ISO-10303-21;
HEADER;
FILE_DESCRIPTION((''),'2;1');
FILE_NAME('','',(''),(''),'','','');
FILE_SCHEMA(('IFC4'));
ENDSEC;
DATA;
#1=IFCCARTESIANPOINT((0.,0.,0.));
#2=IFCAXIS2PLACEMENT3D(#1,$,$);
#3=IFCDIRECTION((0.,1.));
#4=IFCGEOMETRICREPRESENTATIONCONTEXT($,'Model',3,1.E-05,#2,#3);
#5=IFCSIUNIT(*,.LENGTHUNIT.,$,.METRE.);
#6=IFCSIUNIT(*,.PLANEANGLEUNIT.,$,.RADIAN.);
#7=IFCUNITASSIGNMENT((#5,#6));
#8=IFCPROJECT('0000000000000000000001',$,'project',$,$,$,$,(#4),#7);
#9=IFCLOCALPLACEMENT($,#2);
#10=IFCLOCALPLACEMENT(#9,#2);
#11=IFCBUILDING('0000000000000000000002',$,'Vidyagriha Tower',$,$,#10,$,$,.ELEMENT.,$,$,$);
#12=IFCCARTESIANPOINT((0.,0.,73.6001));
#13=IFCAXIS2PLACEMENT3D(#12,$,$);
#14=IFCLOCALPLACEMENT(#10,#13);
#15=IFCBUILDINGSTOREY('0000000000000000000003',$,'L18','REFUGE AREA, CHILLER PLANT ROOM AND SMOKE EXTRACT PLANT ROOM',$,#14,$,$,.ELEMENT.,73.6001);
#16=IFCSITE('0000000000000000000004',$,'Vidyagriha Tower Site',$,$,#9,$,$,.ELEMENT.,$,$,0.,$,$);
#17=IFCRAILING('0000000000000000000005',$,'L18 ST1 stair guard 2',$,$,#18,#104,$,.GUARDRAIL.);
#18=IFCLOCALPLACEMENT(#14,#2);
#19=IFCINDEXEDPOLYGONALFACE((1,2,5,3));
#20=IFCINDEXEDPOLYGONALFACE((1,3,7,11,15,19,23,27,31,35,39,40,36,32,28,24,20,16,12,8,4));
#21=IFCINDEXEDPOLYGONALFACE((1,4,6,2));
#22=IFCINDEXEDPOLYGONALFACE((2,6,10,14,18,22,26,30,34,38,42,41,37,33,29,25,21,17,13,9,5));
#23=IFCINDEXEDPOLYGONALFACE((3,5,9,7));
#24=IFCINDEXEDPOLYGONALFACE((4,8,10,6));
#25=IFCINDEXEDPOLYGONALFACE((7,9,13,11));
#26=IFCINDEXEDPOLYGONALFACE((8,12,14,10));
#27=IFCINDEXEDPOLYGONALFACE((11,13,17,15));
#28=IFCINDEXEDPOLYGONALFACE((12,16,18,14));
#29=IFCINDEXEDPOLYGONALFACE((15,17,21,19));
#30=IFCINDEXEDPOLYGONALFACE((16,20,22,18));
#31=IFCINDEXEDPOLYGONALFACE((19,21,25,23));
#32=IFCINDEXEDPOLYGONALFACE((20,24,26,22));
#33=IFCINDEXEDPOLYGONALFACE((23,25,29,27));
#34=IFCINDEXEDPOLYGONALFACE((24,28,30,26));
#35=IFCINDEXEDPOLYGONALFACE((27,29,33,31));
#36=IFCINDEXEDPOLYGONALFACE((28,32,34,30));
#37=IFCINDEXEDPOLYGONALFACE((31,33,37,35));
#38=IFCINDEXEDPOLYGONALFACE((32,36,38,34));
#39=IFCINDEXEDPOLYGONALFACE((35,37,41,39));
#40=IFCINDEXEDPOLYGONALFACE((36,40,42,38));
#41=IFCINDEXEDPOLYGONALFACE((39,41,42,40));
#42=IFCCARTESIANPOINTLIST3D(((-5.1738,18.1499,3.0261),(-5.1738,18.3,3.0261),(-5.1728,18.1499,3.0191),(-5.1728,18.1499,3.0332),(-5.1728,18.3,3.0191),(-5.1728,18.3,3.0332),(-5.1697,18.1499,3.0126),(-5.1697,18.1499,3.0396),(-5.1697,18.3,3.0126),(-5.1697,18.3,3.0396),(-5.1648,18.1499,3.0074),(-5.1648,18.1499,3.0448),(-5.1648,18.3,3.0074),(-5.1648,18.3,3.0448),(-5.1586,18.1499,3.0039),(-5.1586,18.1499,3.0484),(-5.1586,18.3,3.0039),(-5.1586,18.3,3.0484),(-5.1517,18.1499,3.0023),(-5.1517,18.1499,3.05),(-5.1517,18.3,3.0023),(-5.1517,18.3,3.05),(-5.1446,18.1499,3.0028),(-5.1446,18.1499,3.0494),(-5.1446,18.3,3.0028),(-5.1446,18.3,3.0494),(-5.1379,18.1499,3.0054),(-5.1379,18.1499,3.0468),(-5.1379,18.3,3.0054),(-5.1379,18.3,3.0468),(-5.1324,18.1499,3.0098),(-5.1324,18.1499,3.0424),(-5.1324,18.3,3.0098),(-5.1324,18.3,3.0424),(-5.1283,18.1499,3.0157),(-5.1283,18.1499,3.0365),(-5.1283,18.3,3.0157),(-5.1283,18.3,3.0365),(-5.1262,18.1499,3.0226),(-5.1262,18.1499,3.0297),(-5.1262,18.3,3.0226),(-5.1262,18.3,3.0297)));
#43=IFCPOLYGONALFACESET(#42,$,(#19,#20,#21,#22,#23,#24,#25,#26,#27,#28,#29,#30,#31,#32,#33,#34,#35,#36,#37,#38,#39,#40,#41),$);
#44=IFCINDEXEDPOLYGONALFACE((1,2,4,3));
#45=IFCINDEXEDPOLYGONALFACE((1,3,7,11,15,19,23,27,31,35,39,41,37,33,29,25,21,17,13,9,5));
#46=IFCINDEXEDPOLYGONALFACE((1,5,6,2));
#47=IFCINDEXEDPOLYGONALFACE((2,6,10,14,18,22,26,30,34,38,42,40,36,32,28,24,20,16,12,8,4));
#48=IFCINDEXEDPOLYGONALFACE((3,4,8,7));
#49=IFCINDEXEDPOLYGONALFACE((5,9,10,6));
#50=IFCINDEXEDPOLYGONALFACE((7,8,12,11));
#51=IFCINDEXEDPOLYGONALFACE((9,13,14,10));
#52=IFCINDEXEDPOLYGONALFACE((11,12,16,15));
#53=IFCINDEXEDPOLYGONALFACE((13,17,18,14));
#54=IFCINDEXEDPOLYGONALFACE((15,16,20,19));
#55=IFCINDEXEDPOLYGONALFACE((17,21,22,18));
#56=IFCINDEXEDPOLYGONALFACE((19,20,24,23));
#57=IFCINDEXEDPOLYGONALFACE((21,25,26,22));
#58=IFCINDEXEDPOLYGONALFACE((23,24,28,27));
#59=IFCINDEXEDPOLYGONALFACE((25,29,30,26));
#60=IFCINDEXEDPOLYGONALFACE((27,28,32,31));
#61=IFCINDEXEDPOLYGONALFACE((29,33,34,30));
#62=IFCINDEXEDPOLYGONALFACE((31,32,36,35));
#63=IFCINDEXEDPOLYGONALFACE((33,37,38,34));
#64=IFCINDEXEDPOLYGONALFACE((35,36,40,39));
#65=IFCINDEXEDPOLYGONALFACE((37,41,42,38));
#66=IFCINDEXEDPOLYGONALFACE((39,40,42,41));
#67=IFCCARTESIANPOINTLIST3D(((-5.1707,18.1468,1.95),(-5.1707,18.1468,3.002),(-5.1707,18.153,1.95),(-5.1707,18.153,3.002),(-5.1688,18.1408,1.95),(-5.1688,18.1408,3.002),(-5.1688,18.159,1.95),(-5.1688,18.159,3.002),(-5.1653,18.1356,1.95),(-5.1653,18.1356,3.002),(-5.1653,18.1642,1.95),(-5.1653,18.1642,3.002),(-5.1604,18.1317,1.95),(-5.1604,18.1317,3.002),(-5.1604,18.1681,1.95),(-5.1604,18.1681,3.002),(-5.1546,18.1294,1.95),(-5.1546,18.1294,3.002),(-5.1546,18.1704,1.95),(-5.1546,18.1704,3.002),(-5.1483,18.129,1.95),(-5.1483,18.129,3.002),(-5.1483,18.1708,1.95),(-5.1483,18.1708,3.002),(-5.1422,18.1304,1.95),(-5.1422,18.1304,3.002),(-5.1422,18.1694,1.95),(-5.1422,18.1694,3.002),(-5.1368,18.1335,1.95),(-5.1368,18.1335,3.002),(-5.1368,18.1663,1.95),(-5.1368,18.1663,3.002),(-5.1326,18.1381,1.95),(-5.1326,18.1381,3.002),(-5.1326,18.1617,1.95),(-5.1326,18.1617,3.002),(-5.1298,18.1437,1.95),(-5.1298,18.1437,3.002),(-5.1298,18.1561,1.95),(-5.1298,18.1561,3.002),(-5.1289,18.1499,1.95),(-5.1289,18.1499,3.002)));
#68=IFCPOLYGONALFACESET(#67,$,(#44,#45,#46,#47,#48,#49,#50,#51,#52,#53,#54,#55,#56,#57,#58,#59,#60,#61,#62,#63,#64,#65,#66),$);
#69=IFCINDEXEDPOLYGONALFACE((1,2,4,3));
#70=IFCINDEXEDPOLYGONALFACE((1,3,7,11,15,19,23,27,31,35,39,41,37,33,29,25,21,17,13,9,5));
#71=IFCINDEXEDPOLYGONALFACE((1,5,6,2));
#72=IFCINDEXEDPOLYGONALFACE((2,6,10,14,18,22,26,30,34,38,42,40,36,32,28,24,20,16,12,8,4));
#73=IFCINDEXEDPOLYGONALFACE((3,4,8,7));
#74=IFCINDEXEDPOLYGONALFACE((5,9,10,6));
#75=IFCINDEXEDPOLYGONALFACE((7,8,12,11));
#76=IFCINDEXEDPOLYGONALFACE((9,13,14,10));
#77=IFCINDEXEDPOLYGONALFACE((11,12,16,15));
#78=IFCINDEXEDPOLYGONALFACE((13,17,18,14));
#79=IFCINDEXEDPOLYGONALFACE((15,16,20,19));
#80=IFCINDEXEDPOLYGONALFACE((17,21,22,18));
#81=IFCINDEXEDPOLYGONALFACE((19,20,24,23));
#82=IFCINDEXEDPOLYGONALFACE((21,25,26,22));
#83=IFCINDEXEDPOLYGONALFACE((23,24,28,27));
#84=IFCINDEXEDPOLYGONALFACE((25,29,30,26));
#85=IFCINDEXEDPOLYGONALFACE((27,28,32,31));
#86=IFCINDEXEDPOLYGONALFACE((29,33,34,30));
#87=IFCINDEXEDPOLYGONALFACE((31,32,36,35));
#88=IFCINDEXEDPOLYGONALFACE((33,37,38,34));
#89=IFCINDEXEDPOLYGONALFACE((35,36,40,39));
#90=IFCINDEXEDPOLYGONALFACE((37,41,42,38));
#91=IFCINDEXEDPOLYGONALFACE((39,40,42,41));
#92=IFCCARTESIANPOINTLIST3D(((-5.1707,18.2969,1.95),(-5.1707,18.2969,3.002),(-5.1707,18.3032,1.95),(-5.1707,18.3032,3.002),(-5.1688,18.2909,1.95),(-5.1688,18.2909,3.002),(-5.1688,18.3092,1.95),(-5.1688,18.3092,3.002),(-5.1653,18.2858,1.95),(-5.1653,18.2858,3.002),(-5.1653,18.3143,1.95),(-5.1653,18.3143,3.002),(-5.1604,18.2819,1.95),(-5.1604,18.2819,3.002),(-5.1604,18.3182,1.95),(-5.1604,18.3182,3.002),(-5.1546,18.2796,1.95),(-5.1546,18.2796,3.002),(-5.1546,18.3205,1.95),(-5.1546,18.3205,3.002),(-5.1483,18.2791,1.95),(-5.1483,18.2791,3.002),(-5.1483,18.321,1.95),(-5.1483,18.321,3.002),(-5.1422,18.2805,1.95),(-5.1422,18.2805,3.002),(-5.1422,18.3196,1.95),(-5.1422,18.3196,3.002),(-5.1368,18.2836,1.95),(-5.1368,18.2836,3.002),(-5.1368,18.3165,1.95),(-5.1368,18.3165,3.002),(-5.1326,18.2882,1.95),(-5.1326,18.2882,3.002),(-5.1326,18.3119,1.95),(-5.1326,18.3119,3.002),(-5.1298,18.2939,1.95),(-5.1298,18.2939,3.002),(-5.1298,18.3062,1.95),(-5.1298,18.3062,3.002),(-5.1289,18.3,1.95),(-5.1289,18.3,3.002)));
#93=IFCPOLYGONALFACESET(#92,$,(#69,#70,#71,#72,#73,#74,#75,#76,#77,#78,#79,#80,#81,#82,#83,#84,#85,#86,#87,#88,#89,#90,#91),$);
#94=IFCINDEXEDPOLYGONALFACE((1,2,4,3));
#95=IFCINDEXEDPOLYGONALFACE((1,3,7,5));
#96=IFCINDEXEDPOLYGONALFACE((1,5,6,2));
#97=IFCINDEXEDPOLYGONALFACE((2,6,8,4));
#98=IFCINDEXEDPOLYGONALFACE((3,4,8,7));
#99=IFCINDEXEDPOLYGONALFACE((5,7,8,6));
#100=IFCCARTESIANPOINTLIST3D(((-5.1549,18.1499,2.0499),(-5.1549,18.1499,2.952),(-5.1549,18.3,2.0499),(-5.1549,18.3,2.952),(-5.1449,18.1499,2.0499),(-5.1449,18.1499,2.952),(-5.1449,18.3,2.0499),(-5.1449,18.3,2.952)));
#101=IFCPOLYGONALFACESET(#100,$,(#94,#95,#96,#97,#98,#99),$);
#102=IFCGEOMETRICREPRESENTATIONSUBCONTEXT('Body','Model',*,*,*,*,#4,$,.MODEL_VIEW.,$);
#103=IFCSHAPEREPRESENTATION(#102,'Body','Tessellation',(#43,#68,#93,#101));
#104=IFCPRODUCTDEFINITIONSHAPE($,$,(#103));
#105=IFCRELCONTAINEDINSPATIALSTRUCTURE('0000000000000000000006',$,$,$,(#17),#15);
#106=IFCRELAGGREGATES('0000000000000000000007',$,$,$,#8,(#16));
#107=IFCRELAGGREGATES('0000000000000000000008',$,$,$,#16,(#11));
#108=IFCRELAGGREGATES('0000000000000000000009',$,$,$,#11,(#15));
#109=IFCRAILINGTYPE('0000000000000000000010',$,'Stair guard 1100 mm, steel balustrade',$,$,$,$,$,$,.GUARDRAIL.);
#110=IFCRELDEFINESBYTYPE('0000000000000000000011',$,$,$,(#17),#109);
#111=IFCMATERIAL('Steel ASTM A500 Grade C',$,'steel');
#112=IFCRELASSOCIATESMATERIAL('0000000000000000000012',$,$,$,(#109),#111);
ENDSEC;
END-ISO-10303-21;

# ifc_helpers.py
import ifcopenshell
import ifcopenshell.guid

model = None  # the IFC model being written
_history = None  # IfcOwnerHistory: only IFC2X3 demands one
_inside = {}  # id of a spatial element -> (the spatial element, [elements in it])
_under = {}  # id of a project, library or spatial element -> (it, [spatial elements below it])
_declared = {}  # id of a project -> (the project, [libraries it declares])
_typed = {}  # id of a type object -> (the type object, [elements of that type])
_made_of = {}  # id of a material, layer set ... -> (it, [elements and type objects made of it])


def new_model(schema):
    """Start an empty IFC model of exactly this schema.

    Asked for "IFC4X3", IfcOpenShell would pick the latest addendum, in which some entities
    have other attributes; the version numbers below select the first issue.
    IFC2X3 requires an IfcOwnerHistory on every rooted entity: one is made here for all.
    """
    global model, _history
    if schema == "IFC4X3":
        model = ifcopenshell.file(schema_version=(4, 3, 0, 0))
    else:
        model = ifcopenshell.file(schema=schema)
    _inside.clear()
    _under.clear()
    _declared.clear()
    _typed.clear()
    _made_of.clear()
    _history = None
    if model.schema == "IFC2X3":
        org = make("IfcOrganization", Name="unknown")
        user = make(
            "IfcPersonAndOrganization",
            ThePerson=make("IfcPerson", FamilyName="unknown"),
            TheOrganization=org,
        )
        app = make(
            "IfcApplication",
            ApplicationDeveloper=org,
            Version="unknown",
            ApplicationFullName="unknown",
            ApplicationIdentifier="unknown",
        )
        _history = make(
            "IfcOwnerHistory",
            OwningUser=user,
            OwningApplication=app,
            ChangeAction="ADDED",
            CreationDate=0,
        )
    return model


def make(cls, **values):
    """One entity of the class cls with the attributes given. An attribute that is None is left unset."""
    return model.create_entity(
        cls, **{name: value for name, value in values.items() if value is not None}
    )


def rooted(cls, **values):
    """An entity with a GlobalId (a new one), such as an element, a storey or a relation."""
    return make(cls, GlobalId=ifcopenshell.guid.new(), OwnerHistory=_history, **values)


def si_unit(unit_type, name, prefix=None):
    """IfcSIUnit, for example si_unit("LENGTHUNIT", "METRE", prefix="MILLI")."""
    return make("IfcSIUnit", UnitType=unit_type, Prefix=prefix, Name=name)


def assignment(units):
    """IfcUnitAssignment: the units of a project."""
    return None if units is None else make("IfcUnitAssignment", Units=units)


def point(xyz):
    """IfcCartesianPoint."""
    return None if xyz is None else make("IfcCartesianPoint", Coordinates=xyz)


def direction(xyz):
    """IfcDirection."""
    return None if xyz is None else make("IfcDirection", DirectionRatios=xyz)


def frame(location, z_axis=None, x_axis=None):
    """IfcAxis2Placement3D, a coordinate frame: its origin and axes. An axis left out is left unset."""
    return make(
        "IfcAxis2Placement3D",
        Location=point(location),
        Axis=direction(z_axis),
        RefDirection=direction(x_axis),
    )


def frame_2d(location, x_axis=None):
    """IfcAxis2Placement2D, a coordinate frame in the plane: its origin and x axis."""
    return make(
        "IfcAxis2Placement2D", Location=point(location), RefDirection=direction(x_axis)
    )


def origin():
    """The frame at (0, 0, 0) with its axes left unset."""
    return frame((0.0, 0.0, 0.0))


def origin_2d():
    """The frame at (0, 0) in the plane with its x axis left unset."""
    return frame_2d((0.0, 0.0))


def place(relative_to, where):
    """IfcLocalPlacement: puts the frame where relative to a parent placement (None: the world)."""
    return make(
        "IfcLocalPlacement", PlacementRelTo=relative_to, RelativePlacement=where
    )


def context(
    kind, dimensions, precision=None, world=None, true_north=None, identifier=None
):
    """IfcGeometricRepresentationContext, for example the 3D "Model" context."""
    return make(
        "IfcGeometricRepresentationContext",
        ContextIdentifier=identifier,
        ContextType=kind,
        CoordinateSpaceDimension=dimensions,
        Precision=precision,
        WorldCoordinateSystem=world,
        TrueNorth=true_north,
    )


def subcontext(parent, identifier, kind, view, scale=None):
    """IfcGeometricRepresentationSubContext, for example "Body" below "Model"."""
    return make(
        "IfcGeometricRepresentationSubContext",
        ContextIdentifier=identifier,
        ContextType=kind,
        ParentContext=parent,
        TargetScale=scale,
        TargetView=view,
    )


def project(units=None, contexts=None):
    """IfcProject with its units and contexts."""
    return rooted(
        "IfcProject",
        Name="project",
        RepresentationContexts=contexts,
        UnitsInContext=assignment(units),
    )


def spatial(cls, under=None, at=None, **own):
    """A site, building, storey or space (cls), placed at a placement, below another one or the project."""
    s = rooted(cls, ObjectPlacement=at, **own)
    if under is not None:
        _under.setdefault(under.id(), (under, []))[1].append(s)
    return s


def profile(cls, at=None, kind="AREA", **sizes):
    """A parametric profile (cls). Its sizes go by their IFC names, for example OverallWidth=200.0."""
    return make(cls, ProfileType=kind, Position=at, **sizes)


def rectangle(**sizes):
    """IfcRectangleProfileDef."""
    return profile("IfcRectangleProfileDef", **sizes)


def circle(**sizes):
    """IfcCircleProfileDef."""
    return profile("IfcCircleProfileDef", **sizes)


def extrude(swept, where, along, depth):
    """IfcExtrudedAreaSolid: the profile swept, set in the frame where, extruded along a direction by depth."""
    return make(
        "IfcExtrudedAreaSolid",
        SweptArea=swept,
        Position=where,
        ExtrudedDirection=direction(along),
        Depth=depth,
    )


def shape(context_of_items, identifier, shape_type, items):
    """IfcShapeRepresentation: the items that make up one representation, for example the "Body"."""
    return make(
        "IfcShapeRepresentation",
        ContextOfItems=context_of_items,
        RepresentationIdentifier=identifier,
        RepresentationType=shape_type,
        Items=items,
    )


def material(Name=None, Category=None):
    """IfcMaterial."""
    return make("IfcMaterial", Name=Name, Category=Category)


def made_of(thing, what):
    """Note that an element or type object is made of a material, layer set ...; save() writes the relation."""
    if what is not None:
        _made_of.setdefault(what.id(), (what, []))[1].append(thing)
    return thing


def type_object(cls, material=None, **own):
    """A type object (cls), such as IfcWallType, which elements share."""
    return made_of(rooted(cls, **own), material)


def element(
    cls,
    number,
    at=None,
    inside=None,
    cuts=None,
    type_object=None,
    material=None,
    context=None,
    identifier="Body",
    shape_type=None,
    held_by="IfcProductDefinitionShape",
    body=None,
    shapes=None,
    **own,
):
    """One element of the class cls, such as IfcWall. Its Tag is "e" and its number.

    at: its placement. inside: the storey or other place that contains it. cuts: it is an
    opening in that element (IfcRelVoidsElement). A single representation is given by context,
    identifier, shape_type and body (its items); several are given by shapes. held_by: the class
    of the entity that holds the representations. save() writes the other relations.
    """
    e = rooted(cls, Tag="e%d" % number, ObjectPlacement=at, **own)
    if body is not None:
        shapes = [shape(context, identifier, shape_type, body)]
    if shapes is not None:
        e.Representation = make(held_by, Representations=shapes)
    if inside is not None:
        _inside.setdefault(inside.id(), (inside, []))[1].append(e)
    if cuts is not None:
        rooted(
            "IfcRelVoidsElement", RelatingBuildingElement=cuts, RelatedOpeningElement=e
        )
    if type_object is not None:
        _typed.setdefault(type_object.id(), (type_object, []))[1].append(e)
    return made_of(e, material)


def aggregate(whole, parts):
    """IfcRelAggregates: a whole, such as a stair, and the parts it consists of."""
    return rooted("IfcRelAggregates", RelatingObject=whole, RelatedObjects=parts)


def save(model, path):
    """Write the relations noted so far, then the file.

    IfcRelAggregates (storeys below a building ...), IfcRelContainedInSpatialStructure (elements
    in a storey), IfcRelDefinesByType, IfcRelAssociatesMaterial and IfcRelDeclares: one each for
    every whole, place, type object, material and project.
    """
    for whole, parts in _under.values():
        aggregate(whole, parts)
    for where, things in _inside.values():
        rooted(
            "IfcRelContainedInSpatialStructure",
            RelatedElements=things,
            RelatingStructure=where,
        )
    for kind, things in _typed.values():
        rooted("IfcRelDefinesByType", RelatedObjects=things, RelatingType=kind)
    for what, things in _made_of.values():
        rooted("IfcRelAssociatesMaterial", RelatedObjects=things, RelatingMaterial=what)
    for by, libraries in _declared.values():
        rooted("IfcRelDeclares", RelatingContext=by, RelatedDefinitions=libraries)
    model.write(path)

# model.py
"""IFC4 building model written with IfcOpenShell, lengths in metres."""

from ifc_helpers import new_model, si_unit, direction, frame, origin, origin_2d, place, context, subcontext, project, spatial, rectangle, circle, extrude, material, type_object, element, save


model = new_model("IFC4")

# Units and contexts
model_context = context("Model", 3, precision=1e-05, world=origin(), true_north=direction((0.0, 1.0)))
body_context = subcontext(model_context, "Body", "Model", "MODEL_VIEW")
ifc_project = project(units=[si_unit("LENGTHUNIT", "METRE"), si_unit("PLANEANGLEUNIT", "RADIAN")], contexts=[model_context])

# Site, building, storey
site_placement = place(None, origin())
site = spatial("IfcSite", under=ifc_project, at=site_placement, Name="Vidyagriha Tower Site", CompositionType="ELEMENT", RefElevation=0.0)
building_placement = place(site_placement, origin())
building = spatial("IfcBuilding", under=site, at=building_placement, Name="Vidyagriha Tower", CompositionType="ELEMENT")
storey_placement = place(building_placement, frame((0.0, 0.0, 73.6001)))
storey = spatial("IfcBuildingStorey", under=building, at=storey_placement, Name="L18", Description="REFUGE AREA, CHILLER PLANT ROOM AND SMOKE EXTRACT PLANT ROOM", CompositionType="ELEMENT", Elevation=73.6001)

# Railing
ifc_material_1 = material(Name="Steel ASTM A500 Grade C", Category="steel")
railing_type_1 = type_object("IfcRailingType", Name="Stair guard 1100 mm, steel balustrade", PredefinedType="GUARDRAIL", material=ifc_material_1)
railing_1_placement = place(storey_placement, frame((-5.1499, 18.1499, 1.95)))
element("IfcRailing", 1, at=railing_1_placement, inside=storey, type_object=railing_type_1, Name="L18 ST1 stair guard 2", PredefinedType="GUARDRAIL", context=body_context, shape_type="SweptSolid", body=[
    extrude(circle(Radius=0.0239, at=origin_2d()), frame((0.0, 0.0, 1.0762), z_axis=(0.0, 1.0, 0.0), x_axis=(-1.0, 0.0, 0.0)), (0.0, 0.0, 1.0), 0.1501),
    extrude(circle(Radius=0.021, at=origin_2d()), origin(), (0.0, 0.0, 1.0), 1.052),
    extrude(circle(Radius=0.021, at=origin_2d()), frame((0.0, 0.1501, 0.0)), (0.0, 0.0, 1.0), 1.052),
    extrude(rectangle(XDim=0.01, YDim=0.9021, at=origin_2d()), frame((0.0, 0.0, 0.551), z_axis=(0.0, 1.0, 0.0), x_axis=(-1.0, 0.0, 0.0)), (0.0, 0.0, 1.0), 0.1501),
])

save(model, "model.ifc")
